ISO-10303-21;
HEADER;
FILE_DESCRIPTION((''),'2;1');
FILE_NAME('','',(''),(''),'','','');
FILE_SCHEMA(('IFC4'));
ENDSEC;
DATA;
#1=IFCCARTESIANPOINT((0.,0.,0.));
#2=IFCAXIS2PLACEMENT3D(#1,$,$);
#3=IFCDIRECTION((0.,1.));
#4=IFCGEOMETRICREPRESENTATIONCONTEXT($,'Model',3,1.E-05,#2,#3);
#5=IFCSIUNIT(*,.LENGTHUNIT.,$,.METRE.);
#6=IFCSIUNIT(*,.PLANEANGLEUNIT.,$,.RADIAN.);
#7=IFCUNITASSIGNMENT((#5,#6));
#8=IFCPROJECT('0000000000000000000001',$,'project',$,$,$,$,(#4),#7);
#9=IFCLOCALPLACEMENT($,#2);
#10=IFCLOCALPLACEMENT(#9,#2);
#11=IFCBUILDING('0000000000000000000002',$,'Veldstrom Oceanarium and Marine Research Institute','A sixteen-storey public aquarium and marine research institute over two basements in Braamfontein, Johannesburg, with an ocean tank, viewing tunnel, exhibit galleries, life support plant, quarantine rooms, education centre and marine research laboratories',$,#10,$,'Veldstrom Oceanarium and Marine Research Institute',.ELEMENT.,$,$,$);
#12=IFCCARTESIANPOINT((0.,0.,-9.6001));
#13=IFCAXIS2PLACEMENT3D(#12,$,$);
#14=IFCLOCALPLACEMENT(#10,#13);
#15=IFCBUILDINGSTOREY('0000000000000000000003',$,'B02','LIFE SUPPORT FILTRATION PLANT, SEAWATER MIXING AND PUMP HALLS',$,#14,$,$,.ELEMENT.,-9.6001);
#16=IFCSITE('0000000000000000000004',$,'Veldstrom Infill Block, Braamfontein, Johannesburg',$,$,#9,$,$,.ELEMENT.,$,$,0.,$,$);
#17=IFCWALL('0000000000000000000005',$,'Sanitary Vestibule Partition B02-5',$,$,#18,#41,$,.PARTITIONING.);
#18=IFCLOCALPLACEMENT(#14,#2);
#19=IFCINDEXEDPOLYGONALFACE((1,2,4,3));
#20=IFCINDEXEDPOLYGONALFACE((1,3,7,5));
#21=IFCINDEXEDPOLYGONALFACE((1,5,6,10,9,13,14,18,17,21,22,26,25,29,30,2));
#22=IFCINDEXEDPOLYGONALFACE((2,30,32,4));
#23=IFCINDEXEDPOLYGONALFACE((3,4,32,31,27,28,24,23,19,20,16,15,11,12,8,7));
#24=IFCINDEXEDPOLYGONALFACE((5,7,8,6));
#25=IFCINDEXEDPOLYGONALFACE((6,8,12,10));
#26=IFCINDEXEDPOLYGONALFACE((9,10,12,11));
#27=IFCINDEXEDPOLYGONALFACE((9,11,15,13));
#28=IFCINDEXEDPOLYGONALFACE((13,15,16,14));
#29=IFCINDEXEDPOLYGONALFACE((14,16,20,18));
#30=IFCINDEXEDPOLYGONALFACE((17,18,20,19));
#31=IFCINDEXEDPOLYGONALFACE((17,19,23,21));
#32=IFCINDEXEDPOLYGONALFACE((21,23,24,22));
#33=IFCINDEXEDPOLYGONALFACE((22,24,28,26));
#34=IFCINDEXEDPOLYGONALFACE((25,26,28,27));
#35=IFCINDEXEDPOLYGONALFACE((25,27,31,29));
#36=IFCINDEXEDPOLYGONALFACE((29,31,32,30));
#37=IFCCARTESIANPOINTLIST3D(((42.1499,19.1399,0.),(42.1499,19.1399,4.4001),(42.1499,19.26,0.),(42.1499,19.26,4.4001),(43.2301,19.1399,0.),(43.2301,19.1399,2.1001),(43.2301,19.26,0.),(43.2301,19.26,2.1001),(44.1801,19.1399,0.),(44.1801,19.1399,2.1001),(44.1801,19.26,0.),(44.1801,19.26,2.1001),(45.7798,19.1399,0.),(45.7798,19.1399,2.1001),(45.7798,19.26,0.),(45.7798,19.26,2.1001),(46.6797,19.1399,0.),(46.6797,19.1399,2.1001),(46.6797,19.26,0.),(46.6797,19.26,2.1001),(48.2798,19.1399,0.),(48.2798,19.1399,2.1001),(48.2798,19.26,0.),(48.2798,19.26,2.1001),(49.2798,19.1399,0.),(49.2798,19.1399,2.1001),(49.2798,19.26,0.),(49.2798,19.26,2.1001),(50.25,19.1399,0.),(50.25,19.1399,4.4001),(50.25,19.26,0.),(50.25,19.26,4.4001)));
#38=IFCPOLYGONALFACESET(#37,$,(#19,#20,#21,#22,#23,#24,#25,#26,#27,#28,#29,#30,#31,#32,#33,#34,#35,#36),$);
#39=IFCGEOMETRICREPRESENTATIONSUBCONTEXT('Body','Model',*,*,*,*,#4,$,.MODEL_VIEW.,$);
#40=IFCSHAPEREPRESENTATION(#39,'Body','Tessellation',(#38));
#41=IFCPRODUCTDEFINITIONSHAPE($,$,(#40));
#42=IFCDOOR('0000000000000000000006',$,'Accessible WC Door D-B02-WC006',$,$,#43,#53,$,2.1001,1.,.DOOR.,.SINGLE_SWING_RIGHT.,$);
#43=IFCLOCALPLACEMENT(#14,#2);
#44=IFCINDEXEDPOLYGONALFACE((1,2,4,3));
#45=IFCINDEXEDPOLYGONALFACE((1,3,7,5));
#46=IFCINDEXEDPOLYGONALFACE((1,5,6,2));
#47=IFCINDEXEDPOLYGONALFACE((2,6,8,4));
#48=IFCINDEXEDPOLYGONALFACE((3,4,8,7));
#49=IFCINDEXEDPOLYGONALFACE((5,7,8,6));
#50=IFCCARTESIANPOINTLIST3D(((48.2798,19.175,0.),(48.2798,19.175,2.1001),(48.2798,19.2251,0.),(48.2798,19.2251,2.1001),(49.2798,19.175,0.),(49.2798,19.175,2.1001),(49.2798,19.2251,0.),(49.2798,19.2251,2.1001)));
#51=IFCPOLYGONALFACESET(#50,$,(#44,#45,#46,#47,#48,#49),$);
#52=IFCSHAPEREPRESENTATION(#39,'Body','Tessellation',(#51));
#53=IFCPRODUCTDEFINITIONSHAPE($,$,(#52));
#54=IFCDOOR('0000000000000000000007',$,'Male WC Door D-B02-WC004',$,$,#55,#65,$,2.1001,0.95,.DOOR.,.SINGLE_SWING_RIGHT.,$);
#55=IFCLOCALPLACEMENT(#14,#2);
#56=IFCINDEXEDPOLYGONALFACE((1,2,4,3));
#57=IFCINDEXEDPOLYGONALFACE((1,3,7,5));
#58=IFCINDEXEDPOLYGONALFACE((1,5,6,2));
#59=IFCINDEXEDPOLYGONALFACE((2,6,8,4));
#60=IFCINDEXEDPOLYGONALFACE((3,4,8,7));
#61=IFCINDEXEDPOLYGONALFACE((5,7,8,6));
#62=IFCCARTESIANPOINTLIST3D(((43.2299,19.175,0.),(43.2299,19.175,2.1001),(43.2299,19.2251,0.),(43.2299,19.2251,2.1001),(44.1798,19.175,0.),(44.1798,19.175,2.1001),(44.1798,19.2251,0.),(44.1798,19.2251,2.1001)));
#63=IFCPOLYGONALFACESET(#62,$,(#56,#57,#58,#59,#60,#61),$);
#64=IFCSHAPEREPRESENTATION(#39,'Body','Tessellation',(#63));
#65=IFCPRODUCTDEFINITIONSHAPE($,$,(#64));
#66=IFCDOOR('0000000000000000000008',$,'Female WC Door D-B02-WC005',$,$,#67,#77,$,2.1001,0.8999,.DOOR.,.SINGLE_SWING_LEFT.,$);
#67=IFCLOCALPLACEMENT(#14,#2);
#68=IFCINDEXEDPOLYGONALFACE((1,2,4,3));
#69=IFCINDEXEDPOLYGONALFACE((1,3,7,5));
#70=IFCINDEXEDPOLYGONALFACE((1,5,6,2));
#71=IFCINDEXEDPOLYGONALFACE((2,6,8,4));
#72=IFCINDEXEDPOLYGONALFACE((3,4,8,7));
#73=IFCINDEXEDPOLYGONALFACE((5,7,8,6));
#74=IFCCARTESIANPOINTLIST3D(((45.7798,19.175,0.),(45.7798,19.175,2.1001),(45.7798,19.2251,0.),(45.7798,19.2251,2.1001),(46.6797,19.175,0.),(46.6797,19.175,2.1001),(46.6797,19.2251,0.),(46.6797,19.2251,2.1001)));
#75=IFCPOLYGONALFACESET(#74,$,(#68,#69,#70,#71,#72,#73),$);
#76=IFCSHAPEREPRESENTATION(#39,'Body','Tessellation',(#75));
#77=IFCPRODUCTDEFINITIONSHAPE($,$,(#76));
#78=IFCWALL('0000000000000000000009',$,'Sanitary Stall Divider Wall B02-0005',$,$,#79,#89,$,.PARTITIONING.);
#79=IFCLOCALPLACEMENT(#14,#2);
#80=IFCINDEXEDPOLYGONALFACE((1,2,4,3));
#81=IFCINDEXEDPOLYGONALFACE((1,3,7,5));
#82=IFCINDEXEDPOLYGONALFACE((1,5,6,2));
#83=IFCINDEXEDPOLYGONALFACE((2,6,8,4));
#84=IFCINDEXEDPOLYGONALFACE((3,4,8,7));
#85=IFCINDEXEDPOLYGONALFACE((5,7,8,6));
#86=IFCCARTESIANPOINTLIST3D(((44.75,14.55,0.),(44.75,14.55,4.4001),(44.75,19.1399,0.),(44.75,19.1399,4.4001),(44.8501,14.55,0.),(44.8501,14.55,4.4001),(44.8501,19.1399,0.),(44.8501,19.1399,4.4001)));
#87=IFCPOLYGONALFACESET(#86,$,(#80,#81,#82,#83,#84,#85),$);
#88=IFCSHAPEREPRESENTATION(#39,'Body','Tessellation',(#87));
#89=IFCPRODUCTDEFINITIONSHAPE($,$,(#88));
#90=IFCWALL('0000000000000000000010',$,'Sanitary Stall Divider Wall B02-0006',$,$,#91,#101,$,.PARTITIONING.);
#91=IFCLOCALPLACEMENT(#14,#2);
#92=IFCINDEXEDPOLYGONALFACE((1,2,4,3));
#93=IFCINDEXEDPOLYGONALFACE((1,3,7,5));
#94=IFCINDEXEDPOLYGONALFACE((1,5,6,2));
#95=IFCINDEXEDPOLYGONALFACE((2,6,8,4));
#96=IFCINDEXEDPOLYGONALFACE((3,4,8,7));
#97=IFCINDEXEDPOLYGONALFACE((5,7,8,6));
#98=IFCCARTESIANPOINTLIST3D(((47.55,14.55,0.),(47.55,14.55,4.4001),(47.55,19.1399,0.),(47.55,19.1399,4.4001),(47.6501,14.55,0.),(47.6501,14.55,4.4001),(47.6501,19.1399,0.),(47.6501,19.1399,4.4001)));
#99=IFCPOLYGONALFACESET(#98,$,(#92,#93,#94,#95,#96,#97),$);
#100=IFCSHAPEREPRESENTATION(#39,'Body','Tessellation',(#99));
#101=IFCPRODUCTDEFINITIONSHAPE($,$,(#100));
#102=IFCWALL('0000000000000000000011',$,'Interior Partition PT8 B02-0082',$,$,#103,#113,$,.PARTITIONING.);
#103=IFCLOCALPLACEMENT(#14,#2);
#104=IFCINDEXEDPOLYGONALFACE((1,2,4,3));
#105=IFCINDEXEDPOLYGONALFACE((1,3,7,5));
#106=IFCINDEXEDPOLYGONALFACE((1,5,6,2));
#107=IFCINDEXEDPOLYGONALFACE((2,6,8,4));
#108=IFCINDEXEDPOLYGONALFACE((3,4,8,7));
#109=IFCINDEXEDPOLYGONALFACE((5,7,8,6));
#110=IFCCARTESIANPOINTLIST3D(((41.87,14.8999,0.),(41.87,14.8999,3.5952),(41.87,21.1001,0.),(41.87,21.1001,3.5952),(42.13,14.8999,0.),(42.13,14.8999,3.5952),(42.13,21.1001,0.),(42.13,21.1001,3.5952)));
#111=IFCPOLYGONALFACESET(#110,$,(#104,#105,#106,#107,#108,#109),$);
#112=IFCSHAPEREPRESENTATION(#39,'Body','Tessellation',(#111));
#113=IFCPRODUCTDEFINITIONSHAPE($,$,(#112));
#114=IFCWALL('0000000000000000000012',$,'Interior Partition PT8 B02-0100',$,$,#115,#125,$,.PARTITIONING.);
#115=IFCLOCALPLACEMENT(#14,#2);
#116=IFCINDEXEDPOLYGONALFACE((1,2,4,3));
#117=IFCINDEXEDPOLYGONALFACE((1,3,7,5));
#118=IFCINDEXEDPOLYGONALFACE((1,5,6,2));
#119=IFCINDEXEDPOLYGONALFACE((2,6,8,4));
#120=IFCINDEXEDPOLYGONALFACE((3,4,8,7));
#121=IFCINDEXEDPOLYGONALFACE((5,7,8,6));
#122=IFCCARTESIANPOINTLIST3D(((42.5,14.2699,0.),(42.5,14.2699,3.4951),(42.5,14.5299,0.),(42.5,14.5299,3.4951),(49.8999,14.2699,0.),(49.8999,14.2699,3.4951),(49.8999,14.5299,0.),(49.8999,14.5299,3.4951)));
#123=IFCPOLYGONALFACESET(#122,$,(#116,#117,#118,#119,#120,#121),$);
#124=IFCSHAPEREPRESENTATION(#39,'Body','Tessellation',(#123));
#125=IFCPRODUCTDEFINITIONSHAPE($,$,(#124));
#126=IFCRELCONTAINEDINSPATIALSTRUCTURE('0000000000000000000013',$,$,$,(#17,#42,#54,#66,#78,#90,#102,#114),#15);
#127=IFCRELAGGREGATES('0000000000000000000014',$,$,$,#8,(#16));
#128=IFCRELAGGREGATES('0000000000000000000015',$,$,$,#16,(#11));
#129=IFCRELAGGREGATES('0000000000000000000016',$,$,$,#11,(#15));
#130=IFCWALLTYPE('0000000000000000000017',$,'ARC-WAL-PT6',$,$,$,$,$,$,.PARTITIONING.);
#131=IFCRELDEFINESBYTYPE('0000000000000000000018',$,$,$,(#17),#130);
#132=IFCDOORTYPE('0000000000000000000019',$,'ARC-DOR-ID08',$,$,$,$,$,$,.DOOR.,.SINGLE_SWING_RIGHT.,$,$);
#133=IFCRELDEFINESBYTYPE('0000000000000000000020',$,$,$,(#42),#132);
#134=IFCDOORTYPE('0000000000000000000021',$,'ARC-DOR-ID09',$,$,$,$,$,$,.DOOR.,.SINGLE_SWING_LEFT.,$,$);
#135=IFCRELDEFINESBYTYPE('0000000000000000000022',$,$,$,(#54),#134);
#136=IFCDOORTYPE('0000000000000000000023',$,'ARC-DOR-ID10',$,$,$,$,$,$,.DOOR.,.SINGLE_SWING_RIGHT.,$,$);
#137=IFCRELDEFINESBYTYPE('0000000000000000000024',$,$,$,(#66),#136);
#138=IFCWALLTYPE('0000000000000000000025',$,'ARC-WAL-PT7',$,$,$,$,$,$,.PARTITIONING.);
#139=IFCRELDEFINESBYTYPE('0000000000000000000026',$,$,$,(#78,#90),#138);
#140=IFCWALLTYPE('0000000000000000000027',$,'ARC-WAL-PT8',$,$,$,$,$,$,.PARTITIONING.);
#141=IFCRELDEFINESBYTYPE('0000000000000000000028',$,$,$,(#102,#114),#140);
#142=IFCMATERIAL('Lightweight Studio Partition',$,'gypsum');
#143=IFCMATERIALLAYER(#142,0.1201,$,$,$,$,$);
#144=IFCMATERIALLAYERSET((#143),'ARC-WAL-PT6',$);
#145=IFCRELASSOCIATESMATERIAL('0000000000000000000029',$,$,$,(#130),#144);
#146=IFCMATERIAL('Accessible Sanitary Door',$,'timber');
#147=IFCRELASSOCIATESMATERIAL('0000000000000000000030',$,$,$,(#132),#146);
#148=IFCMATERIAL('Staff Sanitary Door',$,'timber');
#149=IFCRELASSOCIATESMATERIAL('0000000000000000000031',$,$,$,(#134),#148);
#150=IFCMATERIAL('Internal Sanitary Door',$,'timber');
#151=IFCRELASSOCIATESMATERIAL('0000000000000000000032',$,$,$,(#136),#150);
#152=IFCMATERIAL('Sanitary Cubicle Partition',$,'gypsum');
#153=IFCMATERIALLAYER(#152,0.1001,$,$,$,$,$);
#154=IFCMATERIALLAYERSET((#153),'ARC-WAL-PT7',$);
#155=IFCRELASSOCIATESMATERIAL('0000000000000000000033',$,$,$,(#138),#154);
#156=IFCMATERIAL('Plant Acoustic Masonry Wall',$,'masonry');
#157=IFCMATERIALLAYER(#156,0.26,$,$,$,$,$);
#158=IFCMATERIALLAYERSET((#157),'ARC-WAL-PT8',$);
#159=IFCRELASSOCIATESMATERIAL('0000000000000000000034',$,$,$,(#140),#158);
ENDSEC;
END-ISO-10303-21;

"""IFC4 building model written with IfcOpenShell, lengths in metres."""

from ifc_helpers import new_model, si_unit, direction, frame, frame_2d, origin, place, context, subcontext, project, spatial, rectangle, extrude, material, layer, layer_set, type_object, element, fill, save


model = new_model("IFC4")

# Units and contexts
model_context = context("Model", 3, precision=1e-05, world=origin(), true_north=direction((0.0, 1.0)))
body_context = subcontext(model_context, "Body", "Model", "MODEL_VIEW")
ifc_project = project(units=[si_unit("LENGTHUNIT", "METRE"), si_unit("PLANEANGLEUNIT", "RADIAN")], contexts=[model_context])

# Site, building, storey
site_placement = place(None, origin())
site = spatial("IfcSite", under=ifc_project, at=site_placement, Name="Veldstrom Infill Block, Braamfontein, Johannesburg", CompositionType="ELEMENT", RefElevation=0.0)
building_placement = place(site_placement, origin())
building = spatial("IfcBuilding", under=site, at=building_placement, Name="Veldstrom Oceanarium and Marine Research Institute", Description="A sixteen-storey public aquarium and marine research institute over two basements in Braamfontein, Johannesburg, with an ocean tank, viewing tunnel, exhibit galleries, life support plant, quarantine rooms, education centre and marine research laboratories", LongName="Veldstrom Oceanarium and Marine Research Institute", CompositionType="ELEMENT")
storey_placement = place(building_placement, frame((0.0, 0.0, -9.6001)))
storey = spatial("IfcBuildingStorey", under=building, at=storey_placement, Name="B02", Description="LIFE SUPPORT FILTRATION PLANT, SEAWATER MIXING AND PUMP HALLS", CompositionType="ELEMENT", Elevation=-9.6001)

# Wall, openings, doors
ifc_material_1 = material(Name="Lightweight Studio Partition", Category="gypsum")
ifc_layer_1 = layer(ifc_material_1, 0.1201)
ifc_layer_set_1 = layer_set([ifc_layer_1], Name="ARC-WAL-PT6")
wall_type_1 = type_object("IfcWallType", Name="ARC-WAL-PT6", PredefinedType="PARTITIONING", material=ifc_layer_set_1)
wall_1_placement = place(storey_placement, frame((42.1499, 19.2, 0.0), z_axis=(0.0, 0.0, 1.0), x_axis=(1.0, 0.0, 0.0)))
wall_1 = element("IfcWall", 1, at=wall_1_placement, inside=storey, type_object=wall_type_1, Name="Sanitary Vestibule Partition B02-5", PredefinedType="PARTITIONING", context=body_context, shape_type="SweptSolid", body=[
    extrude(rectangle(XDim=8.1001, YDim=0.1201, at=frame_2d((4.05, 0.0))), origin(), (0.0, 0.0, 1.0), 4.4001),
])
opening_1_placement = place(wall_1_placement, frame((1.0801, 0.0, 0.0)))
opening_1 = element("IfcOpeningElement", 2, at=opening_1_placement, cuts=wall_1, PredefinedType="OPENING", context=body_context, shape_type="SweptSolid", body=[
    extrude(rectangle(XDim=0.95, YDim=2.1001, at=frame_2d((0.4751, 1.05))), frame((0.0, 0.0701, 0.0), z_axis=(0.0, -1.0, 0.0), x_axis=(1.0, 0.0, 0.0)), (0.0, 0.0, 1.0), 0.1401),
])
opening_2_placement = place(wall_1_placement, frame((3.6299, 0.0, 0.0)))
opening_2 = element("IfcOpeningElement", 3, at=opening_2_placement, cuts=wall_1, PredefinedType="OPENING", context=body_context, shape_type="SweptSolid", body=[
    extrude(rectangle(XDim=0.8999, YDim=2.1001, at=frame_2d((0.45, 1.05))), frame((0.0, 0.0701, 0.0), z_axis=(0.0, -1.0, 0.0), x_axis=(1.0, 0.0, 0.0)), (0.0, 0.0, 1.0), 0.1401),
])
opening_3_placement = place(wall_1_placement, frame((6.1299, 0.0, 0.0)))
opening_3 = element("IfcOpeningElement", 4, at=opening_3_placement, cuts=wall_1, PredefinedType="OPENING", context=body_context, shape_type="SweptSolid", body=[
    extrude(rectangle(XDim=1.0, YDim=2.1001, at=frame_2d((0.5, 1.05))), frame((0.0, 0.0701, 0.0), z_axis=(0.0, -1.0, 0.0), x_axis=(1.0, 0.0, 0.0)), (0.0, 0.0, 1.0), 0.1401),
])
ifc_material_2 = material(Name="Accessible Sanitary Door", Category="timber")
door_type_1 = type_object("IfcDoorType", Name="ARC-DOR-ID08", OperationType="SINGLE_SWING_RIGHT", PredefinedType="DOOR", material=ifc_material_2)
door_1_placement = place(opening_3_placement, frame((1.0, 0.0, 0.0), z_axis=(0.0, 0.0, 1.0), x_axis=(-1.0, 0.0, 0.0)))
door_1 = element("IfcDoor", 5, at=door_1_placement, inside=storey, type_object=door_type_1, Name="Accessible WC Door D-B02-WC006", OperationType="SINGLE_SWING_RIGHT", OverallHeight=2.1001, OverallWidth=1.0, PredefinedType="DOOR", context=body_context, shape_type="SweptSolid", body=[
    extrude(rectangle(XDim=1.0, YDim=2.1001, at=frame_2d((0.5, 1.05))), frame((0.0, 0.0249, 0.0), z_axis=(0.0, -1.0, 0.0), x_axis=(1.0, 0.0, 0.0)), (0.0, 0.0, 1.0), 0.05),
])
fill(opening_3, door_1)
ifc_material_3 = material(Name="Staff Sanitary Door", Category="timber")
door_type_2 = type_object("IfcDoorType", Name="ARC-DOR-ID09", OperationType="SINGLE_SWING_LEFT", PredefinedType="DOOR", material=ifc_material_3)
door_2_placement = place(opening_1_placement, frame((0.95, 0.0, 0.0), z_axis=(0.0, 0.0, 1.0), x_axis=(-1.0, 0.0, 0.0)))
door_2 = element("IfcDoor", 6, at=door_2_placement, inside=storey, type_object=door_type_2, Name="Male WC Door D-B02-WC004", OperationType="SINGLE_SWING_RIGHT", OverallHeight=2.1001, OverallWidth=0.95, PredefinedType="DOOR", context=body_context, shape_type="SweptSolid", body=[
    extrude(rectangle(XDim=0.95, YDim=2.1001, at=frame_2d((0.4751, 1.05))), frame((0.0, 0.0249, 0.0), z_axis=(0.0, -1.0, 0.0), x_axis=(1.0, 0.0, 0.0)), (0.0, 0.0, 1.0), 0.05),
])
fill(opening_1, door_2)
ifc_material_4 = material(Name="Internal Sanitary Door", Category="timber")
door_type_3 = type_object("IfcDoorType", Name="ARC-DOR-ID10", OperationType="SINGLE_SWING_RIGHT", PredefinedType="DOOR", material=ifc_material_4)
door_3_placement = place(opening_2_placement, frame((0.8999, 0.0, 0.0), z_axis=(0.0, 0.0, 1.0), x_axis=(-1.0, 0.0, 0.0)))
door_3 = element("IfcDoor", 7, at=door_3_placement, inside=storey, type_object=door_type_3, Name="Female WC Door D-B02-WC005", OperationType="SINGLE_SWING_LEFT", OverallHeight=2.1001, OverallWidth=0.8999, PredefinedType="DOOR", context=body_context, shape_type="SweptSolid", body=[
    extrude(rectangle(XDim=0.8999, YDim=2.1001, at=frame_2d((0.45, 1.05))), frame((0.0, 0.0249, 0.0), z_axis=(0.0, -1.0, 0.0), x_axis=(1.0, 0.0, 0.0)), (0.0, 0.0, 1.0), 0.05),
])
fill(opening_2, door_3)

# Walls
ifc_material_5 = material(Name="Sanitary Cubicle Partition", Category="gypsum")
ifc_layer_2 = layer(ifc_material_5, 0.1001)
ifc_layer_set_2 = layer_set([ifc_layer_2], Name="ARC-WAL-PT7")
wall_type_2 = type_object("IfcWallType", Name="ARC-WAL-PT7", PredefinedType="PARTITIONING", material=ifc_layer_set_2)
for number, where, z_axis, x_axis, name in (
    (8, (44.8, 14.55, 0.0), (0.0, 0.0, 1.0), (0.0, 1.0, 0.0), "Sanitary Stall Divider Wall B02-0005"),
    (9, (47.6001, 14.55, 0.0), (0.0, 0.0, 1.0), (0.0, 1.0, 0.0), "Sanitary Stall Divider Wall B02-0006"),
):
    element("IfcWall", number, at=place(storey_placement, frame(where, z_axis=z_axis, x_axis=x_axis)), inside=storey, type_object=wall_type_2, Name=name, PredefinedType="PARTITIONING", context=body_context, shape_type="SweptSolid", body=[
        extrude(rectangle(XDim=4.5898, YDim=0.1001, at=frame_2d((2.2949, 0.0))), origin(), (0.0, 0.0, 1.0), 4.4001),
    ])
ifc_material_6 = material(Name="Plant Acoustic Masonry Wall", Category="masonry")
ifc_layer_3 = layer(ifc_material_6, 0.26)
ifc_layer_set_3 = layer_set([ifc_layer_3], Name="ARC-WAL-PT8")
wall_type_3 = type_object("IfcWallType", Name="ARC-WAL-PT8", PredefinedType="PARTITIONING", material=ifc_layer_set_3)
wall_2_placement = place(storey_placement, frame((42.0, 14.8999, 0.0), z_axis=(0.0, 0.0, 1.0), x_axis=(0.0, 1.0, 0.0)))
element("IfcWall", 10, at=wall_2_placement, inside=storey, type_object=wall_type_3, Name="Interior Partition PT8 B02-0082", PredefinedType="PARTITIONING", context=body_context, shape_type="SweptSolid", body=[
    extrude(rectangle(XDim=6.2002, YDim=0.26, at=frame_2d((3.1001, 0.0))), origin(), (0.0, 0.0, 1.0), 3.5952),
])
wall_3_placement = place(storey_placement, frame((42.5, 14.3999, 0.0), z_axis=(0.0, 0.0, 1.0), x_axis=(1.0, 0.0, 0.0)))
element("IfcWall", 11, at=wall_3_placement, inside=storey, type_object=wall_type_3, Name="Interior Partition PT8 B02-0100", PredefinedType="PARTITIONING", context=body_context, shape_type="SweptSolid", body=[
    extrude(rectangle(XDim=7.3999, YDim=0.26, at=frame_2d((3.7, 0.0))), origin(), (0.0, 0.0, 1.0), 3.4951),
])

save(model, "model.ifc")
